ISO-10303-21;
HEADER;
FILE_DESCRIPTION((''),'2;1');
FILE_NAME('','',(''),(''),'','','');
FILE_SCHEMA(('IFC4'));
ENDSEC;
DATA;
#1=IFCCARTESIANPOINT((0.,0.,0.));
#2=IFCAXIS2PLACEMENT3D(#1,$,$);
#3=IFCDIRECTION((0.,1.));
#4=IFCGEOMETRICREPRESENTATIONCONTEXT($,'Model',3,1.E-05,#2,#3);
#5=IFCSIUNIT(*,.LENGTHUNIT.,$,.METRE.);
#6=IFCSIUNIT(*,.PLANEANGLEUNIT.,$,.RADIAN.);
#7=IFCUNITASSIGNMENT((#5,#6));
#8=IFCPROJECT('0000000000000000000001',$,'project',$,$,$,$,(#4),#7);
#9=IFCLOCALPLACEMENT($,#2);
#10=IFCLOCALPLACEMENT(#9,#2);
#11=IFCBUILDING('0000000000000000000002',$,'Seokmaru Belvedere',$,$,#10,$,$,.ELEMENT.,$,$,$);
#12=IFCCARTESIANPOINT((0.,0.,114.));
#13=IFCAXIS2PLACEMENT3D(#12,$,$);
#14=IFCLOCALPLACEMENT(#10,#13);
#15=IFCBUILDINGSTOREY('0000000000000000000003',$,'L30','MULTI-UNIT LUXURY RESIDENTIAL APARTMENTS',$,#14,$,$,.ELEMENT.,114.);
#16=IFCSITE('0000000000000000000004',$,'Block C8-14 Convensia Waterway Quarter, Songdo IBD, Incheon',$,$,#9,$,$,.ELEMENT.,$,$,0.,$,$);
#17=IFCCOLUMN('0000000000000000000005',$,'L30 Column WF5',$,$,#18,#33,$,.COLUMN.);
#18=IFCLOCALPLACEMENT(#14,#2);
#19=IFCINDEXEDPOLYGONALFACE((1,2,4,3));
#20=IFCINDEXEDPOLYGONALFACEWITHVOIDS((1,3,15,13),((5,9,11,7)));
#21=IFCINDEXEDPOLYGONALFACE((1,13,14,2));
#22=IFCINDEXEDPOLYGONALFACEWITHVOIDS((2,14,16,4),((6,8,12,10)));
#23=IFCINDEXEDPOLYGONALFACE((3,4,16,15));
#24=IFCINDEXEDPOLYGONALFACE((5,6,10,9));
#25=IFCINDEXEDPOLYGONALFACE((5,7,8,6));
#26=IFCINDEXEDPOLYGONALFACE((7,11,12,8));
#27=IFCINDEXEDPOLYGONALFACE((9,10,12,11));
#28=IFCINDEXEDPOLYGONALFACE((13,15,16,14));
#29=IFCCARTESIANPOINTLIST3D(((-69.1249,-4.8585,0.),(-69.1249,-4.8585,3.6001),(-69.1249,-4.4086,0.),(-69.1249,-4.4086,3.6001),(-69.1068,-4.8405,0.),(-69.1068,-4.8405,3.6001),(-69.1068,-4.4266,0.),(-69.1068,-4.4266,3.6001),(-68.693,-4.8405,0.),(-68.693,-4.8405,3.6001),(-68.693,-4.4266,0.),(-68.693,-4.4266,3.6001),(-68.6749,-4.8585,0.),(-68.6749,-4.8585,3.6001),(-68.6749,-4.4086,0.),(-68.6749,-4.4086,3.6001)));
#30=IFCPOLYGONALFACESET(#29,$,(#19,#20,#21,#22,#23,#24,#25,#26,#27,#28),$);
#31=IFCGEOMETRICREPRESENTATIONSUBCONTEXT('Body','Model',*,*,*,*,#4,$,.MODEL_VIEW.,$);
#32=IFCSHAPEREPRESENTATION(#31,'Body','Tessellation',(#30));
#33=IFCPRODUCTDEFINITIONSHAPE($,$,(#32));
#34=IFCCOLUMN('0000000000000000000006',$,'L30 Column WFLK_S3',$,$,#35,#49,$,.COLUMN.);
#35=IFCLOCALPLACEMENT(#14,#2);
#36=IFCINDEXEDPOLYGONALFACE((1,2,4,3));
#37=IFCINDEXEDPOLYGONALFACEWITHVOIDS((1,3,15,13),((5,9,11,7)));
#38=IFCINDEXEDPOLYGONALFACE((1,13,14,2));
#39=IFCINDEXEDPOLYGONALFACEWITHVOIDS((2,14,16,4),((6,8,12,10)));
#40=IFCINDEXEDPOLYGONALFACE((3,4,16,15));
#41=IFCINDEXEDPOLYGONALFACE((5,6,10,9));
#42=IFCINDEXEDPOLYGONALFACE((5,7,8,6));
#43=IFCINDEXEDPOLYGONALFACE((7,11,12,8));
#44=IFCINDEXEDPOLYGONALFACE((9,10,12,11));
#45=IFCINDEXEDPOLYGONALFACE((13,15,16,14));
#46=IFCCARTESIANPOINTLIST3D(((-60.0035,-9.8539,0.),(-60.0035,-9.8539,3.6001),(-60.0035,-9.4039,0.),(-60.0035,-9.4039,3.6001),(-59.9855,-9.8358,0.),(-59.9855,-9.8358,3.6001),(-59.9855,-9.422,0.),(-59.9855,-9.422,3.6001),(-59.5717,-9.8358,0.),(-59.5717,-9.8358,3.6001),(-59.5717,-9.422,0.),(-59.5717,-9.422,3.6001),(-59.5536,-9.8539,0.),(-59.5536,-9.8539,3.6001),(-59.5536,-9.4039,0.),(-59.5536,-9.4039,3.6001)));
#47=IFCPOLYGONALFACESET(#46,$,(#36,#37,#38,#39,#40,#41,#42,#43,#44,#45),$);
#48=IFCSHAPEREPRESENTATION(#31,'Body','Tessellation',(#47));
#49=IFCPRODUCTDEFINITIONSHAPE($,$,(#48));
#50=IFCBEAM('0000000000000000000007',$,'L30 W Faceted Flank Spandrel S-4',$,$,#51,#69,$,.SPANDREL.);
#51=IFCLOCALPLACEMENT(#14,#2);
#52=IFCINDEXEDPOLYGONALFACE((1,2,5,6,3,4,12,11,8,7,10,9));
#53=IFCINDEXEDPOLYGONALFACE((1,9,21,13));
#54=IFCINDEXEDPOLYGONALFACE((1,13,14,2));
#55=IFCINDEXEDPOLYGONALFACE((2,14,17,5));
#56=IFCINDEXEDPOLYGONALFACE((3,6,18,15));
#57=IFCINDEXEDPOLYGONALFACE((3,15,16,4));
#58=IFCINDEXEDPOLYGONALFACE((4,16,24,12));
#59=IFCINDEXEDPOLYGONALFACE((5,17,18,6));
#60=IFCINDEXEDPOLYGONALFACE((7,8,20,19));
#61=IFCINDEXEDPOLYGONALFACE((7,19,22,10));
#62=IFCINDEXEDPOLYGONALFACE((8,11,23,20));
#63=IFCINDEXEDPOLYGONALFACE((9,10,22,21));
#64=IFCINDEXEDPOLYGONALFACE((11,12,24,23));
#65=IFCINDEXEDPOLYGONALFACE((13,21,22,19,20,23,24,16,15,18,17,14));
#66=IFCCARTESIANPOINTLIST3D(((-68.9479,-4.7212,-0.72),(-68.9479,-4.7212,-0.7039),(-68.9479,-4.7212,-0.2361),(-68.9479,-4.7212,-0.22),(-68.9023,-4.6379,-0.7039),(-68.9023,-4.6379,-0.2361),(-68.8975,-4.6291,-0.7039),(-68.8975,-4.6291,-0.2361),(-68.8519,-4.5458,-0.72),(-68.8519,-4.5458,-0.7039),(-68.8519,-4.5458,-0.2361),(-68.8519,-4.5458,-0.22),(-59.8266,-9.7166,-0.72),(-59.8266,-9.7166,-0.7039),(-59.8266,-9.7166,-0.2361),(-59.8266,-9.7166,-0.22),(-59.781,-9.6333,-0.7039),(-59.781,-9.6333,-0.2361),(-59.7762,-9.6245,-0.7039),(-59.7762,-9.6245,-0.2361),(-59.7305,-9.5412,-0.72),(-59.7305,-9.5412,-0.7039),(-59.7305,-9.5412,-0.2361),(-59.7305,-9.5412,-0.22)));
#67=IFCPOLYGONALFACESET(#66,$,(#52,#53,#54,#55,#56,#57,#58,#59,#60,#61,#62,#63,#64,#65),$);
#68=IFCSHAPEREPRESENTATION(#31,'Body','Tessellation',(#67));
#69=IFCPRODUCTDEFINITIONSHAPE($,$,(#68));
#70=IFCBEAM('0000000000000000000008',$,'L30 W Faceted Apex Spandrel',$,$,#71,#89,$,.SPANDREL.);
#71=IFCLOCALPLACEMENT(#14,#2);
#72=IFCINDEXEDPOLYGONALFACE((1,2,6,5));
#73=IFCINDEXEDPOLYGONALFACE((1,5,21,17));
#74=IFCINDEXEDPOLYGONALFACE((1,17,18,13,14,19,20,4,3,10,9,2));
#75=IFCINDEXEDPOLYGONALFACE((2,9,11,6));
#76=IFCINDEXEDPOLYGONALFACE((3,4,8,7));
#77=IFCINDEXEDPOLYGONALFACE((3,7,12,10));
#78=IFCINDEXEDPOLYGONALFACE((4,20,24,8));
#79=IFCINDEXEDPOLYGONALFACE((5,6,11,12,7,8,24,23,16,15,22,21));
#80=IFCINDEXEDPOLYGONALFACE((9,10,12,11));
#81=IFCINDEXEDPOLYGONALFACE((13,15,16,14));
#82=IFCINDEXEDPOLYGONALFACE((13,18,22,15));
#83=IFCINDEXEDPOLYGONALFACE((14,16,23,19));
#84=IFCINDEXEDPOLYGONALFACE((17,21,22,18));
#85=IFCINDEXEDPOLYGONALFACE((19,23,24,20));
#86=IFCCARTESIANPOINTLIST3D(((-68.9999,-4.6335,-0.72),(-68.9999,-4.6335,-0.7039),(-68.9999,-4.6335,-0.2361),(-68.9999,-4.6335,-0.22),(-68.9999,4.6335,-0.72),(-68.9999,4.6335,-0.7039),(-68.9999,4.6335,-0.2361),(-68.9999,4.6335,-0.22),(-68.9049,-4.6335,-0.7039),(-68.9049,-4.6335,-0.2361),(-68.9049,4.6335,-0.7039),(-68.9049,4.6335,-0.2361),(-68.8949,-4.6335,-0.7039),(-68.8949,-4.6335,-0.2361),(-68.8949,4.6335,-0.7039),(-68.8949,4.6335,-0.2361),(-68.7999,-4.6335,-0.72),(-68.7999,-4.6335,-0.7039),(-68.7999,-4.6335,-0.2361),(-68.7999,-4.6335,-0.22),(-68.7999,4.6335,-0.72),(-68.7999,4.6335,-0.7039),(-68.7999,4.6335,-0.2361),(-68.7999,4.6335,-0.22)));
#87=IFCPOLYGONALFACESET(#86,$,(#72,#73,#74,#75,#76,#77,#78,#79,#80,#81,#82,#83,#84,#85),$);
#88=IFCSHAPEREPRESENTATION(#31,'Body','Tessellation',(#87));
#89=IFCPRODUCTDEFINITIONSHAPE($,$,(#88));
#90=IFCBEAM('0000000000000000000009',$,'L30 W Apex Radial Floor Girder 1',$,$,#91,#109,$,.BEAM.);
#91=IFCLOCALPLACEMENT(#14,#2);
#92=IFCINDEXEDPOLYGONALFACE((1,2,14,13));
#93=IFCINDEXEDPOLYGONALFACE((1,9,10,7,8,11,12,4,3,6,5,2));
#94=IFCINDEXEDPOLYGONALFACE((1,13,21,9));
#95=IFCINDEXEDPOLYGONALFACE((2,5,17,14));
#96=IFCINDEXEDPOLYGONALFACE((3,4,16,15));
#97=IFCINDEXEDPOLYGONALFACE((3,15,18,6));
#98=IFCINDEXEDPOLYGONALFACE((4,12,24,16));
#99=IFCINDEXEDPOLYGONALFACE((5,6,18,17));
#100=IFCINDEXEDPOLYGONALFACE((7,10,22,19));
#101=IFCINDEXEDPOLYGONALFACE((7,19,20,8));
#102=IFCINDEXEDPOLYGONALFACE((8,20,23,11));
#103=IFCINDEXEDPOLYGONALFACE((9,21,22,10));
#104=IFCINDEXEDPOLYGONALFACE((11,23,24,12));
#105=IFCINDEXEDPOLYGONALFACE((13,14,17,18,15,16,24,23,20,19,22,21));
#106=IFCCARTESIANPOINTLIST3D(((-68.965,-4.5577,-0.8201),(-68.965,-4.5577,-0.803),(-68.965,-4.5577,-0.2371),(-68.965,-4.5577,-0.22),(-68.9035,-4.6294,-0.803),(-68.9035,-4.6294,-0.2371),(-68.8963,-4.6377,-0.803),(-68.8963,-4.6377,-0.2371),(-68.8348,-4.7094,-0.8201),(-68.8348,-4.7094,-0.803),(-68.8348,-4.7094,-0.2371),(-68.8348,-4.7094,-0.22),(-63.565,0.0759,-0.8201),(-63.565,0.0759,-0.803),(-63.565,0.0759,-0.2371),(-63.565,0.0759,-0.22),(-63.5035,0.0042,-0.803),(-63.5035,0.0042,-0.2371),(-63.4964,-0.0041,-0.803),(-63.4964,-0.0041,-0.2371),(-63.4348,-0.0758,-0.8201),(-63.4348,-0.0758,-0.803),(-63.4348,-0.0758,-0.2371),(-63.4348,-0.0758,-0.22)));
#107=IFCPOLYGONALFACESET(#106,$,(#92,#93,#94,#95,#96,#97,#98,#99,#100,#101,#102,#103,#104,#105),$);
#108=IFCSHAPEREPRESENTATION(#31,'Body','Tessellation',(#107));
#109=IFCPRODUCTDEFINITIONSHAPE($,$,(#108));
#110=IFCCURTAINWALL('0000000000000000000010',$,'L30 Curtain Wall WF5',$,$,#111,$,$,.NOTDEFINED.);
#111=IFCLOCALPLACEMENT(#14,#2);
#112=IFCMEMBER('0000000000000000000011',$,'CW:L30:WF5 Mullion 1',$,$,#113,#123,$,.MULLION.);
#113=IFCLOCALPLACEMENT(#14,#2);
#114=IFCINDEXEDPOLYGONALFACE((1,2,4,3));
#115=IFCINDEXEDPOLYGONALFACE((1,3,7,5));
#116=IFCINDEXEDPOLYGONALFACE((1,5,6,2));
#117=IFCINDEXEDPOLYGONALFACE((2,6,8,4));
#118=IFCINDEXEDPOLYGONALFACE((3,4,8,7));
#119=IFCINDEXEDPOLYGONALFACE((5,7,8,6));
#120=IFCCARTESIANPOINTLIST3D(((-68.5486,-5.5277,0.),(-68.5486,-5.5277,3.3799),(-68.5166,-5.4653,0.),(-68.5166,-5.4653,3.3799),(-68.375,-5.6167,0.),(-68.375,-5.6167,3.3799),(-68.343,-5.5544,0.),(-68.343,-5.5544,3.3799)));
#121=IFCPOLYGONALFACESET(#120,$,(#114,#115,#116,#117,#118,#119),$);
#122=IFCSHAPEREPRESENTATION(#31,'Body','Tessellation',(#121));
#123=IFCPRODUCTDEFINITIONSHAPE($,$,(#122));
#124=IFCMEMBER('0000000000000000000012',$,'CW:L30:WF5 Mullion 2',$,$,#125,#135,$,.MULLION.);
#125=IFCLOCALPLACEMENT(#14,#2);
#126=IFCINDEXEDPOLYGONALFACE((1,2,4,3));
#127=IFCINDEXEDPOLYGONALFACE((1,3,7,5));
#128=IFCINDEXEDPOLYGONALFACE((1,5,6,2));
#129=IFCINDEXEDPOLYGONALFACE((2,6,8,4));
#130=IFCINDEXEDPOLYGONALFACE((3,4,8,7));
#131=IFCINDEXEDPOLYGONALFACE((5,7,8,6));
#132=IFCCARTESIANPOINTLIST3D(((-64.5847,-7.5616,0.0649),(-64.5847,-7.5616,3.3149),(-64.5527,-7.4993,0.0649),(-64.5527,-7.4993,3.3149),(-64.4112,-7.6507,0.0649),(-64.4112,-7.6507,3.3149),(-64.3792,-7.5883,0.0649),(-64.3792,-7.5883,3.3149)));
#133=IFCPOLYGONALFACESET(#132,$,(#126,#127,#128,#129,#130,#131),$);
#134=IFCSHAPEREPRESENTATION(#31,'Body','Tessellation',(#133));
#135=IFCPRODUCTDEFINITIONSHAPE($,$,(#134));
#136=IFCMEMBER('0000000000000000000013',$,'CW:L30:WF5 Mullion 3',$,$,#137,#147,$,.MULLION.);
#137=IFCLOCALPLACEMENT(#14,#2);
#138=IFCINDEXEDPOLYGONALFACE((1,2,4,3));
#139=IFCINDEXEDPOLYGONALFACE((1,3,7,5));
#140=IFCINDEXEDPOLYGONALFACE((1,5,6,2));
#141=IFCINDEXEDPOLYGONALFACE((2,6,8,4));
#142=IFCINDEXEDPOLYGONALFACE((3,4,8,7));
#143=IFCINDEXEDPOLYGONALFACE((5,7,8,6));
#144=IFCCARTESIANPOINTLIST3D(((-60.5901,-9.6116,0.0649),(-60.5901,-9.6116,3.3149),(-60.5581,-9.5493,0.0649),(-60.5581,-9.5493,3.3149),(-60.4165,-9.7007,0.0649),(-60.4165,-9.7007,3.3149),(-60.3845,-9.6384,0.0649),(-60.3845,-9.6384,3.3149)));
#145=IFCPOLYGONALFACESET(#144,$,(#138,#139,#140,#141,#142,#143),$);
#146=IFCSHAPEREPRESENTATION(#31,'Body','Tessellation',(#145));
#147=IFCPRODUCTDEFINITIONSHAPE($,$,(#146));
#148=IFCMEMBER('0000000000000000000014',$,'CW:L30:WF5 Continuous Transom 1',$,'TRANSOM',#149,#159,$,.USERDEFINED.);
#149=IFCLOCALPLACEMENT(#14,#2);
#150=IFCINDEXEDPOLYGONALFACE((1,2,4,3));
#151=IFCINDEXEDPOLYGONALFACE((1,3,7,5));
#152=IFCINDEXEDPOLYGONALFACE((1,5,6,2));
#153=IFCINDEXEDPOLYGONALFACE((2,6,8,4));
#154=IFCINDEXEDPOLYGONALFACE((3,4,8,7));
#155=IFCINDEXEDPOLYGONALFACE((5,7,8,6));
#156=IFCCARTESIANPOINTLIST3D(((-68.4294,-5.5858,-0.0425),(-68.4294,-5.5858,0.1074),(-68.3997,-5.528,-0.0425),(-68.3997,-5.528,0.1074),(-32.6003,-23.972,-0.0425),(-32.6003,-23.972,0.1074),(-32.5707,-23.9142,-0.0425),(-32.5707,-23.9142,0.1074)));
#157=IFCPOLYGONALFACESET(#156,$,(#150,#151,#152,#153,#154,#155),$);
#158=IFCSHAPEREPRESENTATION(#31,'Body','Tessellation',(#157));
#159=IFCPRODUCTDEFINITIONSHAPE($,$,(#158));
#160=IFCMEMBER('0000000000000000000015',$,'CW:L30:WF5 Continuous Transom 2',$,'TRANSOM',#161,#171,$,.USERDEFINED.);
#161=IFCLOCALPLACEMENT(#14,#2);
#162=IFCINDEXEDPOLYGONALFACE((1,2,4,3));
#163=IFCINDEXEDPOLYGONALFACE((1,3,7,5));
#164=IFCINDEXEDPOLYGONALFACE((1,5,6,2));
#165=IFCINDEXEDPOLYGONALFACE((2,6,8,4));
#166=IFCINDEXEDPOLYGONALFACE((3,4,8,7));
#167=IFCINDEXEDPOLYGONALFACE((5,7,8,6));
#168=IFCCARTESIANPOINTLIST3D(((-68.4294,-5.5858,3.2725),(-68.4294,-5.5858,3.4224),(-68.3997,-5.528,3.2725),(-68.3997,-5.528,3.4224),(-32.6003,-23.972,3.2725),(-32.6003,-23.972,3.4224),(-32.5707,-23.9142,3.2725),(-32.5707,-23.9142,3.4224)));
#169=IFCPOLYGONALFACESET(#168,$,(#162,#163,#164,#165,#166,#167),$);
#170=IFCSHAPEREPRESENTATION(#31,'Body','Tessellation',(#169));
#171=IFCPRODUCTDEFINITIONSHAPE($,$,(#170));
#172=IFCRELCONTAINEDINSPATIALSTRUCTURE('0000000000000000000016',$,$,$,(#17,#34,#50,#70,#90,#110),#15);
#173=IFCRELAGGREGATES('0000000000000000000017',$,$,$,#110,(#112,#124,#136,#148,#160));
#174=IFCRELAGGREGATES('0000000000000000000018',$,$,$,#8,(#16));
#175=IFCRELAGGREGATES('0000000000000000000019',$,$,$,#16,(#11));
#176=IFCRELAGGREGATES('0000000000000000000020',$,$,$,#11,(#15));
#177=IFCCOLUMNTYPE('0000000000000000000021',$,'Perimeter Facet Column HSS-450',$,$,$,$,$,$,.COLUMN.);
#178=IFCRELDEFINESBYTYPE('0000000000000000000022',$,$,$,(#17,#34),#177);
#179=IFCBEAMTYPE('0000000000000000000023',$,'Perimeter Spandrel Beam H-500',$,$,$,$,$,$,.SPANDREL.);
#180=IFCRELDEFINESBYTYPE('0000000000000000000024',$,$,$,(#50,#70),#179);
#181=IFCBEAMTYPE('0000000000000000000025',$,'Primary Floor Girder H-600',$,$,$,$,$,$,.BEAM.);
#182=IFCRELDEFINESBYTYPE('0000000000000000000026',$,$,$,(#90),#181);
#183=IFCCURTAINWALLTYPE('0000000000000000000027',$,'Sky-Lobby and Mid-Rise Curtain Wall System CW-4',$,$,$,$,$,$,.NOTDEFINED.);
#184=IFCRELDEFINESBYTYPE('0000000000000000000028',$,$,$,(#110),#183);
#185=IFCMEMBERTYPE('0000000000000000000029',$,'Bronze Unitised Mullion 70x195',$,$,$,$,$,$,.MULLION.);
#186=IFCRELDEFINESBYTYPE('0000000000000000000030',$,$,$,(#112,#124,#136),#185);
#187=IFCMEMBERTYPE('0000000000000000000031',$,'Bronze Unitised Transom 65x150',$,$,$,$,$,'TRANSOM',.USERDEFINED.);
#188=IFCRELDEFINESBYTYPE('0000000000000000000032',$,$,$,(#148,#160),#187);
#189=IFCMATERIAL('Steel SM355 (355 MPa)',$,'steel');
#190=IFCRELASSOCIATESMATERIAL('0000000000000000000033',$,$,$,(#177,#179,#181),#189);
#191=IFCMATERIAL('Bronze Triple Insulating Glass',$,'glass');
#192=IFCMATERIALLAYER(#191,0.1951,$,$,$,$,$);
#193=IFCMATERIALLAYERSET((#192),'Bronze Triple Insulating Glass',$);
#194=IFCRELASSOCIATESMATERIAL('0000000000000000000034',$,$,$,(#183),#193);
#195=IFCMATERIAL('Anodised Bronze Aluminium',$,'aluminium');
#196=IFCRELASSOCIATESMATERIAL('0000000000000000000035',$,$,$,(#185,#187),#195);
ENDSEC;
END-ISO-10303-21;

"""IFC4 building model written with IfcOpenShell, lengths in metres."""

from ifc_helpers import new_model, si_unit, direction, frame, origin, origin_2d, place, context, subcontext, project, spatial, rectangle, hollow_rectangle, i_section, extrude, source, transform, mapped, material, layer, layer_set, material_profile, profile_set, type_object, type_shapes, element, aggregate, save


model = new_model("IFC4")

# Units and contexts
model_context = context("Model", 3, precision=1e-05, world=origin(), true_north=direction((0.0, 1.0)))
body_context = subcontext(model_context, "Body", "Model", "MODEL_VIEW")
ifc_project = project(units=[si_unit("LENGTHUNIT", "METRE"), si_unit("PLANEANGLEUNIT", "RADIAN")], contexts=[model_context])

# Site, building, storey
site_placement = place(None, origin())
site = spatial("IfcSite", under=ifc_project, at=site_placement, Name="Block C8-14 Convensia Waterway Quarter, Songdo IBD, Incheon", CompositionType="ELEMENT", RefElevation=0.0)
building_placement = place(site_placement, origin())
building = spatial("IfcBuilding", under=site, at=building_placement, Name="Seokmaru Belvedere", CompositionType="ELEMENT")
storey_placement = place(building_placement, frame((0.0, 0.0, 114.0)))
storey = spatial("IfcBuildingStorey", under=building, at=storey_placement, Name="L30", Description="MULTI-UNIT LUXURY RESIDENTIAL APARTMENTS", CompositionType="ELEMENT", Elevation=114.0)

# Columns
ifc_material_1 = material(Name="Steel SM355 (355 MPa)", Category="steel")
ifc_material_profile_1 = material_profile(ifc_material_1, hollow_rectangle(XDim=0.45, YDim=0.45, WallThickness=0.0181, at=origin_2d()), Name="HSS-450x450x18")
ifc_profile_set_1 = profile_set([ifc_material_profile_1], Name="Steel SM355 (355 MPa)")
column_type = type_object("IfcColumnType", Name="Perimeter Facet Column HSS-450", PredefinedType="COLUMN", material=ifc_profile_set_1)
shared_shape_1 = source(origin(), body_context, "Body", "SweptSolid", [
    extrude(hollow_rectangle(XDim=0.45, YDim=0.45, WallThickness=0.0181, at=origin_2d()), origin(), (0.0, 0.0, 1.0), 3.6001),
])
type_shapes(column_type, [shared_shape_1])
for number, where, z_axis, x_axis, name in (
    (1, (-68.8999, -4.6335, 0.0), (0.0, 0.0, 1.0), (1.0, 0.0, 0.0), "L30 Column WF5"),
    (2, (-59.7786, -9.6289, 0.0), (0.0, 0.0, 1.0), (1.0, 0.0, 0.0), "L30 Column WFLK_S3"),
):
    element("IfcColumn", number, at=place(storey_placement, frame(where, z_axis=z_axis, x_axis=x_axis)), inside=storey, type_object=column_type, Name=name, PredefinedType="COLUMN", context=body_context, shape_type="MappedRepresentation", body=[
        mapped(shared_shape_1, transform((0.0, 0.0, 0.0), scale=1.0)),
    ])

# Beams
ifc_material_profile_2 = material_profile(ifc_material_1, i_section(OverallWidth=0.2, OverallDepth=0.5, WebThickness=0.01, FlangeThickness=0.0161, at=origin_2d()), Name="H-500x200x10x16")
ifc_profile_set_2 = profile_set([ifc_material_profile_2], Name="Steel SM355 (355 MPa)")
beam_type_1 = type_object("IfcBeamType", Name="Perimeter Spandrel Beam H-500", PredefinedType="SPANDREL", material=ifc_profile_set_2)
shared_shape_2 = source(origin(), body_context, "Body", "SweptSolid", [
    extrude(i_section(OverallWidth=0.2, OverallDepth=0.5, WebThickness=0.01, FlangeThickness=0.0161, at=origin_2d()), origin(), (0.0, 0.0, 1.0), 10.3997),
])
beam_1_placement = place(storey_placement, frame((-59.7786, -9.6289, -0.47), z_axis=(-0.877082, 0.48034, 0.0), x_axis=(-0.48034, -0.877082, 0.0)))
element("IfcBeam", 3, at=beam_1_placement, inside=storey, type_object=beam_type_1, Name="L30 W Faceted Flank Spandrel S-4", PredefinedType="SPANDREL", context=body_context, shape_type="MappedRepresentation", body=[
    mapped(shared_shape_2, transform((0.0, 0.0, 0.0), scale=1.0)),
])
shared_shape_3 = source(origin(), body_context, "Body", "SweptSolid", [
    extrude(i_section(OverallWidth=0.2, OverallDepth=0.5, WebThickness=0.01, FlangeThickness=0.0161, at=origin_2d()), origin(), (0.0, 0.0, 1.0), 9.2671),
])
type_shapes(beam_type_1, [shared_shape_2, shared_shape_3])
beam_2_placement = place(storey_placement, frame((-68.8999, -4.6335, -0.47), z_axis=(0.0, 1.0, 0.0), x_axis=(-1.0, 0.0, 0.0)))
element("IfcBeam", 4, at=beam_2_placement, inside=storey, type_object=beam_type_1, Name="L30 W Faceted Apex Spandrel", PredefinedType="SPANDREL", context=body_context, shape_type="MappedRepresentation", body=[
    mapped(shared_shape_3, transform((0.0, 0.0, 0.0), scale=1.0)),
])
ifc_material_profile_3 = material_profile(ifc_material_1, i_section(OverallWidth=0.2, OverallDepth=0.6001, WebThickness=0.011, FlangeThickness=0.0171, at=origin_2d()), Name="H-600x200x11x17")
ifc_profile_set_3 = profile_set([ifc_material_profile_3], Name="Steel SM355 (355 MPa)")
beam_type_2 = type_object("IfcBeamType", Name="Primary Floor Girder H-600", PredefinedType="BEAM", material=ifc_profile_set_3)
shared_shape_4 = source(origin(), body_context, "Body", "SweptSolid", [
    extrude(i_section(OverallWidth=0.2, OverallDepth=0.6001, WebThickness=0.011, FlangeThickness=0.0171, at=origin_2d()), origin(), (0.0, 0.0, 1.0), 7.1155),
])
type_shapes(beam_type_2, [shared_shape_4])
beam_3_placement = place(storey_placement, frame((-68.8999, -4.6335, -0.52), z_axis=(0.758905, 0.651201, 0.0), x_axis=(-0.651201, 0.758905, 0.0)))
element("IfcBeam", 5, at=beam_3_placement, inside=storey, type_object=beam_type_2, Name="L30 W Apex Radial Floor Girder 1", PredefinedType="BEAM", context=body_context, shape_type="MappedRepresentation", body=[
    mapped(shared_shape_4, transform((0.0, 0.0, 0.0), scale=1.0)),
])

# Curtain wall, members
ifc_material_2 = material(Name="Bronze Triple Insulating Glass", Category="glass")
ifc_layer_1 = layer(ifc_material_2, 0.1951)
ifc_layer_set_1 = layer_set([ifc_layer_1], Name="Bronze Triple Insulating Glass")
curtain_wall_type = type_object("IfcCurtainWallType", Name="Sky-Lobby and Mid-Rise Curtain Wall System CW-4", PredefinedType="NOTDEFINED", material=ifc_layer_set_1)
curtain_wall_placement = place(storey_placement, origin())
curtain_wall = element("IfcCurtainWall", 6, at=curtain_wall_placement, inside=storey, type_object=curtain_wall_type, Name="L30 Curtain Wall WF5", PredefinedType="NOTDEFINED")
ifc_material_3 = material(Name="Anodised Bronze Aluminium", Category="aluminium")
ifc_material_profile_4 = material_profile(ifc_material_3, rectangle(XDim=0.0701, YDim=0.1951, at=origin_2d()), Name="CW-M-70x195")
ifc_profile_set_4 = profile_set([ifc_material_profile_4], Name="Anodised Bronze Aluminium")
member_type_1 = type_object("IfcMemberType", Name="Bronze Unitised Mullion 70x195", PredefinedType="MULLION", material=ifc_profile_set_4)
shared_shape_5 = source(origin(), body_context, "Body", "SweptSolid", [
    extrude(rectangle(XDim=0.0701, YDim=0.1951, at=origin_2d()), origin(), (0.0, 0.0, 1.0), 3.3799),
])
member_1_placement = place(storey_placement, frame((-68.4458, -5.541, 0.0), z_axis=(0.0, 0.0, 1.0), x_axis=(0.456555, 0.889695, 0.0)))
member_1 = element("IfcMember", 7, at=member_1_placement, type_object=member_type_1, Name="CW:L30:WF5 Mullion 1", PredefinedType="MULLION", context=body_context, shape_type="MappedRepresentation", body=[
    mapped(shared_shape_5, transform((0.0, 0.0, 0.0), scale=1.0)),
])
shared_shape_6 = source(origin(), body_context, "Body", "SweptSolid", [
    extrude(rectangle(XDim=0.0701, YDim=0.1951, at=origin_2d()), origin(), (0.0, 0.0, 1.0), 3.25),
])
type_shapes(member_type_1, [shared_shape_5, shared_shape_6])
member_2_placement = place(storey_placement, frame((-64.4819, -7.575, 0.0649), z_axis=(0.0, 0.0, 1.0), x_axis=(0.456555, 0.889695, 0.0)))
member_2 = element("IfcMember", 8, at=member_2_placement, type_object=member_type_1, Name="CW:L30:WF5 Mullion 2", PredefinedType="MULLION", context=body_context, shape_type="MappedRepresentation", body=[
    mapped(shared_shape_6, transform((0.0, 0.0, 0.0), scale=1.0)),
])
member_3_placement = place(storey_placement, frame((-60.4873, -9.625, 0.0649), z_axis=(0.0, 0.0, 1.0), x_axis=(0.456555, 0.889695, 0.0)))
member_3 = element("IfcMember", 9, at=member_3_placement, type_object=member_type_1, Name="CW:L30:WF5 Mullion 3", PredefinedType="MULLION", context=body_context, shape_type="MappedRepresentation", body=[
    mapped(shared_shape_6, transform((0.0, 0.0, 0.0), scale=1.0)),
])
ifc_material_profile_5 = material_profile(ifc_material_3, rectangle(XDim=0.0649, YDim=0.1499, at=origin_2d()), Name="CW-T-65x150")
ifc_profile_set_5 = profile_set([ifc_material_profile_5], Name="Anodised Bronze Aluminium")
member_type_2 = type_object("IfcMemberType", Name="Bronze Unitised Transom 65x150", ElementType="TRANSOM", PredefinedType="USERDEFINED", material=ifc_profile_set_5)
shared_shape_7 = source(origin(), body_context, "Body", "SweptSolid", [
    extrude(rectangle(XDim=0.0649, YDim=0.1499, at=origin_2d()), origin(), (0.0, 0.0, 1.0), 40.2712),
])
type_shapes(member_type_2, [shared_shape_7])
member_4_placement = place(storey_placement, frame((-68.4146, -5.5569, 0.0325), z_axis=(0.889693, -0.456559, 0.0), x_axis=(0.456559, 0.889693, 0.0)))
member_4 = element("IfcMember", 10, at=member_4_placement, type_object=member_type_2, Name="CW:L30:WF5 Continuous Transom 1", ObjectType="TRANSOM", PredefinedType="USERDEFINED", context=body_context, shape_type="MappedRepresentation", body=[
    mapped(shared_shape_7, transform((0.0, 0.0, 0.0), scale=1.0)),
])
member_5_placement = place(storey_placement, frame((-68.4146, -5.5569, 3.3474), z_axis=(0.889693, -0.456559, 0.0), x_axis=(0.456559, 0.889693, 0.0)))
member_5 = element("IfcMember", 11, at=member_5_placement, type_object=member_type_2, Name="CW:L30:WF5 Continuous Transom 2", ObjectType="TRANSOM", PredefinedType="USERDEFINED", context=body_context, shape_type="MappedRepresentation", body=[
    mapped(shared_shape_7, transform((0.0, 0.0, 0.0), scale=1.0)),
])
aggregate(curtain_wall, [member_1, member_2, member_3, member_4, member_5])

save(model, "model.ifc")
